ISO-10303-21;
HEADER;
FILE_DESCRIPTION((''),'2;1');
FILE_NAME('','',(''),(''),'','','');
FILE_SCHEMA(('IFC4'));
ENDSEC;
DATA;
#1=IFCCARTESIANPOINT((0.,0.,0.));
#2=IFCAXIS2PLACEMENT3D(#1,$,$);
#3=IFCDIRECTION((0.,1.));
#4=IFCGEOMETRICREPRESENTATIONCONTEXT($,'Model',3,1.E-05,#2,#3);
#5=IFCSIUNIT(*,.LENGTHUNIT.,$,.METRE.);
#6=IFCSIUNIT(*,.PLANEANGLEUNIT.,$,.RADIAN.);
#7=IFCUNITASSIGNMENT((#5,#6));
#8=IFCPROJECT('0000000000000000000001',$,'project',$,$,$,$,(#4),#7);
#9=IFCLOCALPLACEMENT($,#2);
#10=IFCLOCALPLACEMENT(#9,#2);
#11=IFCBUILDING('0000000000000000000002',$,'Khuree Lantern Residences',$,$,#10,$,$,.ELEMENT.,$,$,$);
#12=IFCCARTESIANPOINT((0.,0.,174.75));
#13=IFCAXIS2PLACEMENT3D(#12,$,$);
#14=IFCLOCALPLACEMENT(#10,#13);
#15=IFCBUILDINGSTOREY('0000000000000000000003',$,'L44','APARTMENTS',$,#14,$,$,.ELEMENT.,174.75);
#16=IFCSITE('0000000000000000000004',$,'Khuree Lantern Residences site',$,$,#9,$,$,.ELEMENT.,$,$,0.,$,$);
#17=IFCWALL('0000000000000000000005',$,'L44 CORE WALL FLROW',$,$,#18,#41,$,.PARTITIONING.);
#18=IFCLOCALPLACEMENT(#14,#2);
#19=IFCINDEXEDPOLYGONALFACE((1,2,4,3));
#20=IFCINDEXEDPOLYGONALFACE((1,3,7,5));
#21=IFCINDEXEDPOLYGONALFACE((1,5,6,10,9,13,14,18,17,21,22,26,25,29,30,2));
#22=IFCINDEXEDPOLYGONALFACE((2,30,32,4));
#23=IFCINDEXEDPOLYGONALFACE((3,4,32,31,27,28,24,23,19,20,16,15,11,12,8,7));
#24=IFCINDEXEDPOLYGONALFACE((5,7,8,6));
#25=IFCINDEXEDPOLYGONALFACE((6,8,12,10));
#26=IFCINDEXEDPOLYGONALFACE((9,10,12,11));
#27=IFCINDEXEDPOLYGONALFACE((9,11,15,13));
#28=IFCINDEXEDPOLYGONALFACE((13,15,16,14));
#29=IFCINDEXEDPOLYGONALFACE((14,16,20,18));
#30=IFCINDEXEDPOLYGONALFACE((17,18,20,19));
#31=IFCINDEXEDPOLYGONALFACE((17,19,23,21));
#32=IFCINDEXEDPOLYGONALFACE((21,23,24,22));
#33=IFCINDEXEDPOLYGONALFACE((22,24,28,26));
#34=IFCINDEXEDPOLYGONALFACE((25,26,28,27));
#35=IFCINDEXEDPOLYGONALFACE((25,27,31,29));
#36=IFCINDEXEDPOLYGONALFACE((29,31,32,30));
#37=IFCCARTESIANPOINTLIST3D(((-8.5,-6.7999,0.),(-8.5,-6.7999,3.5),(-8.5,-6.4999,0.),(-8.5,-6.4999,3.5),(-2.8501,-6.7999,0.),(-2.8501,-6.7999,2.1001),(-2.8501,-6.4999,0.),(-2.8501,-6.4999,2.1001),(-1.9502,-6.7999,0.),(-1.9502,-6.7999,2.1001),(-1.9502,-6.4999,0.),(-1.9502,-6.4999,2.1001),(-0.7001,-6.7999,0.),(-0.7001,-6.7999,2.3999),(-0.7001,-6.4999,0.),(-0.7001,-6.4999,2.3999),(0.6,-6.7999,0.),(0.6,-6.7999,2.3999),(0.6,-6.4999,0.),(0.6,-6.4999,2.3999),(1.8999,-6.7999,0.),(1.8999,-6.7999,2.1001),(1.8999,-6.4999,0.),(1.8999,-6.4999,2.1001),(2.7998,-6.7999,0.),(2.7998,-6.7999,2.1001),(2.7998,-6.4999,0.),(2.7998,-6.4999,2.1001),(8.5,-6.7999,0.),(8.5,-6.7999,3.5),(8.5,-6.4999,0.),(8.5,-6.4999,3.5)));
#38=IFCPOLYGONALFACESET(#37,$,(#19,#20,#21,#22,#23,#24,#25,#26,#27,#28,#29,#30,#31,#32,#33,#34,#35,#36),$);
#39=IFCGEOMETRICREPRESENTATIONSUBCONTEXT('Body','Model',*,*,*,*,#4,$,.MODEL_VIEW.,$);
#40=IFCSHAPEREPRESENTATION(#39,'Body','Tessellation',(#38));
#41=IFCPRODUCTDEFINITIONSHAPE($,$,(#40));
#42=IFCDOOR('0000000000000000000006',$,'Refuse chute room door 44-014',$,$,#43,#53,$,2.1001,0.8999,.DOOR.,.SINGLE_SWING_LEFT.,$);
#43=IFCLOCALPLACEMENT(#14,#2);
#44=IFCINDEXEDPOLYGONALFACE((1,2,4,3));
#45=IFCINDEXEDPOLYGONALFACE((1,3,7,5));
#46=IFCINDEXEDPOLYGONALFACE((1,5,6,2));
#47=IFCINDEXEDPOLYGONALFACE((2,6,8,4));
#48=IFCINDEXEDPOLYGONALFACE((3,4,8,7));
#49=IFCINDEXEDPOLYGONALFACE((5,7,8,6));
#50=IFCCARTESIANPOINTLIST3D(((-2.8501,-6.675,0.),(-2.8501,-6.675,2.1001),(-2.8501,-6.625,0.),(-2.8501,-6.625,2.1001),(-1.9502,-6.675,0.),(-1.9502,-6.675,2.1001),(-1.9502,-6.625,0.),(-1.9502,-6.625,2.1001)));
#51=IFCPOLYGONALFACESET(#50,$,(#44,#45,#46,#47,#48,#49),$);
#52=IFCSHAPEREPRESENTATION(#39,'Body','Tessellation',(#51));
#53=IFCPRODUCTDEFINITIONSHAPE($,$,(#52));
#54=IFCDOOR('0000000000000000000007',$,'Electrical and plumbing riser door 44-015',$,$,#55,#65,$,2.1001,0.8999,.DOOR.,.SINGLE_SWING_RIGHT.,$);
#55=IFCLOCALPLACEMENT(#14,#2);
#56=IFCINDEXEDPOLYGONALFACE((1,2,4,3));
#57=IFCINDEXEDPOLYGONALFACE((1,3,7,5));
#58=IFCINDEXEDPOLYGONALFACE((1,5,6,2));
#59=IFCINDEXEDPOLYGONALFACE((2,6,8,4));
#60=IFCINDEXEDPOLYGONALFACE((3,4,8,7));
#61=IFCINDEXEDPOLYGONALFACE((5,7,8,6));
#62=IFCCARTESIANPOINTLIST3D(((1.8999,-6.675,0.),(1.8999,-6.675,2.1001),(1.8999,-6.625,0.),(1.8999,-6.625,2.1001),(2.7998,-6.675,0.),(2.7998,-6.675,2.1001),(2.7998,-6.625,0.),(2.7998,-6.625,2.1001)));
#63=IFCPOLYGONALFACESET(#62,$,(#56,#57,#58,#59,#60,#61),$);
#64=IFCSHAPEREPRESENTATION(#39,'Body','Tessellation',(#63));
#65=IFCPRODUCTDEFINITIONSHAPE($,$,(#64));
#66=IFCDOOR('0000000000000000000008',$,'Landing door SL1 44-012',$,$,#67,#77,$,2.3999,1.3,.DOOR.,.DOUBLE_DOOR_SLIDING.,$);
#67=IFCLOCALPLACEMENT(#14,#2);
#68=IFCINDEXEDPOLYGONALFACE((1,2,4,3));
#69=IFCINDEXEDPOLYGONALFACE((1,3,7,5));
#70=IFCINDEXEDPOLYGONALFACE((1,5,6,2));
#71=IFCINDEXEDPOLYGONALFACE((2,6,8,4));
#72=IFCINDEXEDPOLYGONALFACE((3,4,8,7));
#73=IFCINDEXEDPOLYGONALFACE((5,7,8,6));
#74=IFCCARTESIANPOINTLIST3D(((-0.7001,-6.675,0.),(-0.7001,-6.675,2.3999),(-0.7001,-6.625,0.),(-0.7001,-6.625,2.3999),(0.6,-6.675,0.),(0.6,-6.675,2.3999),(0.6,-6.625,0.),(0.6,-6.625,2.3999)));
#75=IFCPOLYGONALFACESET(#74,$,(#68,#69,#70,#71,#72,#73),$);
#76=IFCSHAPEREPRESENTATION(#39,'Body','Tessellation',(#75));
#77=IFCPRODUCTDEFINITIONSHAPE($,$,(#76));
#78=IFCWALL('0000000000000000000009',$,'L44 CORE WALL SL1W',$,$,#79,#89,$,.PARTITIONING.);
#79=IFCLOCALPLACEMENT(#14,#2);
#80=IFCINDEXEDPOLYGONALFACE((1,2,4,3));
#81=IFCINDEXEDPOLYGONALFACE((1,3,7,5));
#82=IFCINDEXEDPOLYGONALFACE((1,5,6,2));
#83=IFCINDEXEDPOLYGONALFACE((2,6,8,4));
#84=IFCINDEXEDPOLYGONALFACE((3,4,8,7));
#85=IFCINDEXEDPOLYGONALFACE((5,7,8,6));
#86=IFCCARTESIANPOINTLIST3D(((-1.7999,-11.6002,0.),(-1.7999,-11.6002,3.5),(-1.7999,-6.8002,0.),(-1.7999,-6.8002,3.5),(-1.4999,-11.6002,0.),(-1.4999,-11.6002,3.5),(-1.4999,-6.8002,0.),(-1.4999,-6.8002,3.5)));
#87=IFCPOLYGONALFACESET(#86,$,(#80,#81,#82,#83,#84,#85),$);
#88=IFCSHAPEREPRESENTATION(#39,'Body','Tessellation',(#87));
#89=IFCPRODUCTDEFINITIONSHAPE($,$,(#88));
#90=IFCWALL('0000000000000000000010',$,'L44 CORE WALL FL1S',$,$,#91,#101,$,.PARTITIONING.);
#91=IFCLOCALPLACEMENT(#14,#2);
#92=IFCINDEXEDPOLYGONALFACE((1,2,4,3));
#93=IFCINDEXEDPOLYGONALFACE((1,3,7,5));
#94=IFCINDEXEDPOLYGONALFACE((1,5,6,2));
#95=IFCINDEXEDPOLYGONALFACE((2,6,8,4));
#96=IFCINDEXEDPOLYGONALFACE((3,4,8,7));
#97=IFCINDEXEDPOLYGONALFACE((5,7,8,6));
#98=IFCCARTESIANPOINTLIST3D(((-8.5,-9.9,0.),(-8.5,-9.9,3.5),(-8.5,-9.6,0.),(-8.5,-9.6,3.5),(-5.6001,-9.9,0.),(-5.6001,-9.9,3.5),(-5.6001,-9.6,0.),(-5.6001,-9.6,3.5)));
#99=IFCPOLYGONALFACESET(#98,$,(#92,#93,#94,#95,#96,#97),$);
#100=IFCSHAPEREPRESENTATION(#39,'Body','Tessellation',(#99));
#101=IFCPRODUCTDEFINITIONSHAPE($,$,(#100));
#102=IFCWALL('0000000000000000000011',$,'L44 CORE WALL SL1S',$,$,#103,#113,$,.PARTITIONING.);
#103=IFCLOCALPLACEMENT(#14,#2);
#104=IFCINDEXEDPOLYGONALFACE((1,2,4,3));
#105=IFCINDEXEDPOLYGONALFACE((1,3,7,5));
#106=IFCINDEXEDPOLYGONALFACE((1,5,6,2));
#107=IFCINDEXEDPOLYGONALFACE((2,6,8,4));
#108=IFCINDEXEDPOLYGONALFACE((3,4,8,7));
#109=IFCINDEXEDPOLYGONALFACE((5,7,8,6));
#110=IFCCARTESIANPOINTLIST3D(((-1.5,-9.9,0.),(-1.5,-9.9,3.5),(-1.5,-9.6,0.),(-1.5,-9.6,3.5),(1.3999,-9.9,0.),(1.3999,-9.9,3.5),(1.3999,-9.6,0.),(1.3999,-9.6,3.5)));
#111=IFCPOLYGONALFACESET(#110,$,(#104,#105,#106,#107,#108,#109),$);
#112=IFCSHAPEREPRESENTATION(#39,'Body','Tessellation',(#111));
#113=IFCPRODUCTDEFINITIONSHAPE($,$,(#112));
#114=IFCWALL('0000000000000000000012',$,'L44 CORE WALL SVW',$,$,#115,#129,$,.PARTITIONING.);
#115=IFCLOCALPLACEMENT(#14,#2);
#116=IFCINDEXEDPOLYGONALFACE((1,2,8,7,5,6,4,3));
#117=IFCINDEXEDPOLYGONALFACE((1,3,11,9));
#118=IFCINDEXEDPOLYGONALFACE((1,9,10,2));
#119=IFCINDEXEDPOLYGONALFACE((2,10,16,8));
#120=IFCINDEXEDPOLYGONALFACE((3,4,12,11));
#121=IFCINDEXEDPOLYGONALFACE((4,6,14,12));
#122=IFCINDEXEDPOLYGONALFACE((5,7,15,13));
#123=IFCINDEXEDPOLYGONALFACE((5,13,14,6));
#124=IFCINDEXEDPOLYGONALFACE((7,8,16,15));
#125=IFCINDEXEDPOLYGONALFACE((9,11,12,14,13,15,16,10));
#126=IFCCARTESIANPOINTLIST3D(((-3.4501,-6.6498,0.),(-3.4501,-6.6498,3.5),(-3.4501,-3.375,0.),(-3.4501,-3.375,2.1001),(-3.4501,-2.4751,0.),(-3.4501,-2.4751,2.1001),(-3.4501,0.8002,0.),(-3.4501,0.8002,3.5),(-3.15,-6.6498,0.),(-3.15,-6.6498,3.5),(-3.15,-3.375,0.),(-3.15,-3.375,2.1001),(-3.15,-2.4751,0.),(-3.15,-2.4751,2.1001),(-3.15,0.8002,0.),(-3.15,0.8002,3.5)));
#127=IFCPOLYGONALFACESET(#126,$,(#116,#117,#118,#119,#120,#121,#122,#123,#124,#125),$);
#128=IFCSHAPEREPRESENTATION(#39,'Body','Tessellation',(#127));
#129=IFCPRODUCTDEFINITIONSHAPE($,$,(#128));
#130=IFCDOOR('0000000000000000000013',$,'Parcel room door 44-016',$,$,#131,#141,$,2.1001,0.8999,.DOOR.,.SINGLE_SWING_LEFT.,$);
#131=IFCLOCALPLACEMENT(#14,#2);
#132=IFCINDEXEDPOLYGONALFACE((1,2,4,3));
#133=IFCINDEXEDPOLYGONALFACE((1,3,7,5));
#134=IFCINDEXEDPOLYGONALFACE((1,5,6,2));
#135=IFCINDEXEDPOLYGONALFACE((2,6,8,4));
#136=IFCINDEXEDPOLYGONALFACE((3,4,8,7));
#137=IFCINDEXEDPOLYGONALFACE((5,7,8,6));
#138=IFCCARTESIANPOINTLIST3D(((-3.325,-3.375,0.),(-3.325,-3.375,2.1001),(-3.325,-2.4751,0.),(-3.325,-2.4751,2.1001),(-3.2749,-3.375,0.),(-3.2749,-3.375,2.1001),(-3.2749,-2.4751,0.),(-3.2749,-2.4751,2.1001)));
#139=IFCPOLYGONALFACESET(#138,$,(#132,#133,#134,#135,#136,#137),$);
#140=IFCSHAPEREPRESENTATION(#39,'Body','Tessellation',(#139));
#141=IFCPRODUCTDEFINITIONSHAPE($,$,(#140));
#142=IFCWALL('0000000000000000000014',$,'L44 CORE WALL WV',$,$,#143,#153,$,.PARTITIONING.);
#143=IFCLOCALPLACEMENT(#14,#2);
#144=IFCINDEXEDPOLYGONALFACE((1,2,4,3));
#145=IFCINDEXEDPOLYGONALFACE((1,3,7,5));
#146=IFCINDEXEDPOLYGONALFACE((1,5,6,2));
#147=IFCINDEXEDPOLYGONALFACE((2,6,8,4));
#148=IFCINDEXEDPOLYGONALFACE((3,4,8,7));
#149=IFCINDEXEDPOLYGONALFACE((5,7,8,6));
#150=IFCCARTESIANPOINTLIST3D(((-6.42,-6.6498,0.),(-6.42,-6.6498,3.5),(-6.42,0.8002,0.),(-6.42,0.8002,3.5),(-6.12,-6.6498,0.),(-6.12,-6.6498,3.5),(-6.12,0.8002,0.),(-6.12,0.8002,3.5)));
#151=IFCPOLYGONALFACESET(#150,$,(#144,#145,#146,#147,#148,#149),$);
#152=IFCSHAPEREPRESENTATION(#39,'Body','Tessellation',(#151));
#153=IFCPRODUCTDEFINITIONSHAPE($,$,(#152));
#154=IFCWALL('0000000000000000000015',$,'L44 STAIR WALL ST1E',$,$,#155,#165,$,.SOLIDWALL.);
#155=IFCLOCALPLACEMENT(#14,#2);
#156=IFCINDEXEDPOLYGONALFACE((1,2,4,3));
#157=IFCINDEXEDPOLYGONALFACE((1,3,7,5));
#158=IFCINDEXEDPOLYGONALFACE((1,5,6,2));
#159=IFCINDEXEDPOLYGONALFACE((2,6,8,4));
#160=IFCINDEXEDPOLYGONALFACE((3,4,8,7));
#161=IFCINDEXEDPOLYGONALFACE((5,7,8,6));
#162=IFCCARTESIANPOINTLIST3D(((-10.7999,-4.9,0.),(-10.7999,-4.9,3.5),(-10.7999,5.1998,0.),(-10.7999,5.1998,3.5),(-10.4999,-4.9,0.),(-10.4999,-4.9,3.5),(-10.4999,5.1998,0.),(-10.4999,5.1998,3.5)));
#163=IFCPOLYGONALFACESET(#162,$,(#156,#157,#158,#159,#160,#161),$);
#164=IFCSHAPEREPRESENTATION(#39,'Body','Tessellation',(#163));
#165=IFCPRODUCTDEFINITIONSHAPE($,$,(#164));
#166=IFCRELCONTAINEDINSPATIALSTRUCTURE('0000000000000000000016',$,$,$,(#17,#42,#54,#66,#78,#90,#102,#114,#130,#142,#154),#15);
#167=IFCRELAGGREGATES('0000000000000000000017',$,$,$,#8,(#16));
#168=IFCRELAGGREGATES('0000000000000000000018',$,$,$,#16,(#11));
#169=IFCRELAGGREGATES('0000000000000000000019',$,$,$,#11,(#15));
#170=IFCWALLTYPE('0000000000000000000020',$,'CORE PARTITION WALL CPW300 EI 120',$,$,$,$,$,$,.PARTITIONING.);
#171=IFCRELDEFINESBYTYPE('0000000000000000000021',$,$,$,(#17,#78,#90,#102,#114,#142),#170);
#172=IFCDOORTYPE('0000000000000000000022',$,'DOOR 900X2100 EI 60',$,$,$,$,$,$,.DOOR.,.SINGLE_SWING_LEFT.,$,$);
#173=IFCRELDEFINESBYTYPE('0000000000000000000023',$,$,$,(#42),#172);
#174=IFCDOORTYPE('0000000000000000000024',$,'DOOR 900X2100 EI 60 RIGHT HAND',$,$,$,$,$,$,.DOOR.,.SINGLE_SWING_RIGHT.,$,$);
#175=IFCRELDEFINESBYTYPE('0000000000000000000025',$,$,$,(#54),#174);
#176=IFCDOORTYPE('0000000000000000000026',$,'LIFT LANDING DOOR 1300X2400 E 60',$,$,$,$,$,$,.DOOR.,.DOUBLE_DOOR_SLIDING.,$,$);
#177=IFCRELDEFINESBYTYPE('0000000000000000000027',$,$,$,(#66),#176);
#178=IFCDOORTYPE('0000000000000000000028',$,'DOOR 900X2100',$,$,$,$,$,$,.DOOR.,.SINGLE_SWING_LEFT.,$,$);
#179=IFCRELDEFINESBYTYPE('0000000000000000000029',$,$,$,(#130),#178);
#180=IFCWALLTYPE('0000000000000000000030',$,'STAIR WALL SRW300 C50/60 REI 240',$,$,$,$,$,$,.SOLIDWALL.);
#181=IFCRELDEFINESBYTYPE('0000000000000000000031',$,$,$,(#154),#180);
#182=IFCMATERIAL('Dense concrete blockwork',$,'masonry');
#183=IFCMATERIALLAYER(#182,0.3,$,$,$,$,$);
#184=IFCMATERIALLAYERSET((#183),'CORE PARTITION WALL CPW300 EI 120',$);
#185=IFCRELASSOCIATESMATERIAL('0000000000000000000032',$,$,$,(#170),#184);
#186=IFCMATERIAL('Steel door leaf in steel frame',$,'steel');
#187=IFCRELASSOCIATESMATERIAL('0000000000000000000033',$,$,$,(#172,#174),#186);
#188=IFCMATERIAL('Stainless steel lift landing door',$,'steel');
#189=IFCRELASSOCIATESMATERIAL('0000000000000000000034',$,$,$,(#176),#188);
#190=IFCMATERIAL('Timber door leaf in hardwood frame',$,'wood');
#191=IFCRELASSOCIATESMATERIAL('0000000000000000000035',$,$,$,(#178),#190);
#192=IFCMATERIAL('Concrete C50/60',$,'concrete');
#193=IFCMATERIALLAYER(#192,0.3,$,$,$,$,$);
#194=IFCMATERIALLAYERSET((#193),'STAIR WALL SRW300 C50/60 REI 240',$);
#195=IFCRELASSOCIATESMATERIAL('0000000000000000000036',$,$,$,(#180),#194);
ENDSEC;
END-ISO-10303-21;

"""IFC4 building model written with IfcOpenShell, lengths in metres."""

from ifc_helpers import new_model, si_unit, direction, frame, frame_2d, origin, place, context, subcontext, project, spatial, rectangle, extrude, material, layer, layer_set, type_object, element, fill, save


model = new_model("IFC4")

# Units and contexts
model_context = context("Model", 3, precision=1e-05, world=origin(), true_north=direction((0.0, 1.0)))
body_context = subcontext(model_context, "Body", "Model", "MODEL_VIEW")
ifc_project = project(units=[si_unit("LENGTHUNIT", "METRE"), si_unit("PLANEANGLEUNIT", "RADIAN")], contexts=[model_context])

# Site, building, storey
site_placement = place(None, origin())
site = spatial("IfcSite", under=ifc_project, at=site_placement, Name="Khuree Lantern Residences site", CompositionType="ELEMENT", RefElevation=0.0)
building_placement = place(site_placement, origin())
building = spatial("IfcBuilding", under=site, at=building_placement, Name="Khuree Lantern Residences", CompositionType="ELEMENT")
storey_placement = place(building_placement, frame((0.0, 0.0, 174.75)))
storey = spatial("IfcBuildingStorey", under=building, at=storey_placement, Name="L44", Description="APARTMENTS", CompositionType="ELEMENT", Elevation=174.75)

# Wall, openings, doors
ifc_material_1 = material(Name="Dense concrete blockwork", Category="masonry")
ifc_layer_1 = layer(ifc_material_1, 0.3)
ifc_layer_set_1 = layer_set([ifc_layer_1], Name="CORE PARTITION WALL CPW300 EI 120")
wall_type_1 = type_object("IfcWallType", Name="CORE PARTITION WALL CPW300 EI 120", PredefinedType="PARTITIONING", material=ifc_layer_set_1)
wall_1_placement = place(storey_placement, frame((-8.5, -6.6499, 0.0), z_axis=(0.0, 0.0, 1.0), x_axis=(1.0, 0.0, 0.0)))
wall_1 = element("IfcWall", 1, at=wall_1_placement, inside=storey, type_object=wall_type_1, Name="L44 CORE WALL FLROW", PredefinedType="PARTITIONING", context=body_context, shape_type="SweptSolid", body=[
    extrude(rectangle(XDim=17.0, YDim=0.3, at=frame_2d((8.5, 0.0))), origin(), (0.0, 0.0, 1.0), 3.5),
])
opening_1_placement = place(wall_1_placement, frame((7.8, 0.0, 0.0)))
opening_1 = element("IfcOpeningElement", 2, at=opening_1_placement, cuts=wall_1, PredefinedType="OPENING", context=body_context, shape_type="SweptSolid", body=[
    extrude(rectangle(XDim=1.3, YDim=2.3999, at=frame_2d((0.6499, 1.2))), frame((0.0, 0.1602, 0.0), z_axis=(0.0, -1.0, 0.0), x_axis=(1.0, 0.0, 0.0)), (0.0, 0.0, 1.0), 0.3201),
])
opening_2_placement = place(wall_1_placement, frame((5.6499, 0.0, 0.0)))
opening_2 = element("IfcOpeningElement", 3, at=opening_2_placement, cuts=wall_1, PredefinedType="OPENING", context=body_context, shape_type="SweptSolid", body=[
    extrude(rectangle(XDim=0.8999, YDim=2.1001, at=frame_2d((0.45, 1.05))), frame((0.0, 0.1602, 0.0), z_axis=(0.0, -1.0, 0.0), x_axis=(1.0, 0.0, 0.0)), (0.0, 0.0, 1.0), 0.3201),
])
opening_3_placement = place(wall_1_placement, frame((10.3999, 0.0, 0.0)))
opening_3 = element("IfcOpeningElement", 4, at=opening_3_placement, cuts=wall_1, PredefinedType="OPENING", context=body_context, shape_type="SweptSolid", body=[
    extrude(rectangle(XDim=0.8999, YDim=2.1001, at=frame_2d((0.45, 1.05))), frame((0.0, 0.1602, 0.0), z_axis=(0.0, -1.0, 0.0), x_axis=(1.0, 0.0, 0.0)), (0.0, 0.0, 1.0), 0.3201),
])
ifc_material_2 = material(Name="Steel door leaf in steel frame", Category="steel")
door_type_1 = type_object("IfcDoorType", Name="DOOR 900X2100 EI 60", OperationType="SINGLE_SWING_LEFT", PredefinedType="DOOR", material=ifc_material_2)
door_1_placement = place(opening_2_placement, origin())
door_1 = element("IfcDoor", 5, at=door_1_placement, inside=storey, type_object=door_type_1, Name="Refuse chute room door 44-014", OperationType="SINGLE_SWING_LEFT", OverallHeight=2.1001, OverallWidth=0.8999, PredefinedType="DOOR", context=body_context, shape_type="SweptSolid", body=[
    extrude(rectangle(XDim=0.8999, YDim=2.1001, at=frame_2d((0.45, 1.05))), frame((0.0, 0.0249, 0.0), z_axis=(0.0, -1.0, 0.0), x_axis=(1.0, 0.0, 0.0)), (0.0, 0.0, 1.0), 0.05),
])
fill(opening_2, door_1)
door_type_2 = type_object("IfcDoorType", Name="DOOR 900X2100 EI 60 RIGHT HAND", OperationType="SINGLE_SWING_RIGHT", PredefinedType="DOOR", material=ifc_material_2)
door_2_placement = place(opening_3_placement, origin())
door_2 = element("IfcDoor", 6, at=door_2_placement, inside=storey, type_object=door_type_2, Name="Electrical and plumbing riser door 44-015", OperationType="SINGLE_SWING_RIGHT", OverallHeight=2.1001, OverallWidth=0.8999, PredefinedType="DOOR", context=body_context, shape_type="SweptSolid", body=[
    extrude(rectangle(XDim=0.8999, YDim=2.1001, at=frame_2d((0.45, 1.05))), frame((0.0, 0.0249, 0.0), z_axis=(0.0, -1.0, 0.0), x_axis=(1.0, 0.0, 0.0)), (0.0, 0.0, 1.0), 0.05),
])
fill(opening_3, door_2)
ifc_material_3 = material(Name="Stainless steel lift landing door", Category="steel")
door_type_3 = type_object("IfcDoorType", Name="LIFT LANDING DOOR 1300X2400 E 60", OperationType="DOUBLE_DOOR_SLIDING", PredefinedType="DOOR", material=ifc_material_3)
door_3_placement = place(opening_1_placement, origin())
door_3 = element("IfcDoor", 7, at=door_3_placement, inside=storey, type_object=door_type_3, Name="Landing door SL1 44-012", OperationType="DOUBLE_DOOR_SLIDING", OverallHeight=2.3999, OverallWidth=1.3, PredefinedType="DOOR", context=body_context, shape_type="SweptSolid", body=[
    extrude(rectangle(XDim=1.3, YDim=2.3999, at=frame_2d((0.6499, 1.2))), frame((0.0, 0.0249, 0.0), z_axis=(0.0, -1.0, 0.0), x_axis=(1.0, 0.0, 0.0)), (0.0, 0.0, 1.0), 0.05),
])
fill(opening_1, door_3)

# Walls
wall_2_placement = place(storey_placement, frame((-1.6499, -11.6001, 0.0), z_axis=(0.0, 0.0, 1.0), x_axis=(0.0, 1.0, 0.0)))
element("IfcWall", 8, at=wall_2_placement, inside=storey, type_object=wall_type_1, Name="L44 CORE WALL SL1W", PredefinedType="PARTITIONING", context=body_context, shape_type="SweptSolid", body=[
    extrude(rectangle(XDim=4.8, YDim=0.3, at=frame_2d((2.3999, 0.0))), origin(), (0.0, 0.0, 1.0), 3.5),
])
for number, where, z_axis, x_axis, name in (
    (9, (-8.5, -9.75, 0.0), (0.0, 0.0, 1.0), (1.0, 0.0, 0.0), "L44 CORE WALL FL1S"),
    (10, (-1.5, -9.75, 0.0), (0.0, 0.0, 1.0), (1.0, 0.0, 0.0), "L44 CORE WALL SL1S"),
):
    element("IfcWall", number, at=place(storey_placement, frame(where, z_axis=z_axis, x_axis=x_axis)), inside=storey, type_object=wall_type_1, Name=name, PredefinedType="PARTITIONING", context=body_context, shape_type="SweptSolid", body=[
        extrude(rectangle(XDim=2.8999, YDim=0.3, at=frame_2d((1.45, 0.0))), origin(), (0.0, 0.0, 1.0), 3.5),
    ])

# Wall, opening, door
wall_3_placement = place(storey_placement, frame((-3.3, -6.6499, 0.0), z_axis=(0.0, 0.0, 1.0), x_axis=(0.0, 1.0, 0.0)))
wall_3 = element("IfcWall", 11, at=wall_3_placement, inside=storey, type_object=wall_type_1, Name="L44 CORE WALL SVW", PredefinedType="PARTITIONING", context=body_context, shape_type="SweptSolid", body=[
    extrude(rectangle(XDim=7.45, YDim=0.3, at=frame_2d((3.7251, 0.0))), origin(), (0.0, 0.0, 1.0), 3.5),
])
opening_4_placement = place(wall_3_placement, frame((3.2749, 0.0, 0.0)))
opening_4 = element("IfcOpeningElement", 12, at=opening_4_placement, cuts=wall_3, PredefinedType="OPENING", context=body_context, shape_type="SweptSolid", body=[
    extrude(rectangle(XDim=0.8999, YDim=2.1001, at=frame_2d((0.45, 1.05))), frame((0.0, 0.1602, 0.0), z_axis=(0.0, -1.0, 0.0), x_axis=(1.0, 0.0, 0.0)), (0.0, 0.0, 1.0), 0.3201),
])
ifc_material_4 = material(Name="Timber door leaf in hardwood frame", Category="wood")
door_type_4 = type_object("IfcDoorType", Name="DOOR 900X2100", OperationType="SINGLE_SWING_LEFT", PredefinedType="DOOR", material=ifc_material_4)
door_4_placement = place(opening_4_placement, origin())
door_4 = element("IfcDoor", 13, at=door_4_placement, inside=storey, type_object=door_type_4, Name="Parcel room door 44-016", OperationType="SINGLE_SWING_LEFT", OverallHeight=2.1001, OverallWidth=0.8999, PredefinedType="DOOR", context=body_context, shape_type="SweptSolid", body=[
    extrude(rectangle(XDim=0.8999, YDim=2.1001, at=frame_2d((0.45, 1.05))), frame((0.0, 0.0249, 0.0), z_axis=(0.0, -1.0, 0.0), x_axis=(1.0, 0.0, 0.0)), (0.0, 0.0, 1.0), 0.05),
])
fill(opening_4, door_4)

# Walls
wall_4_placement = place(storey_placement, frame((-6.27, -6.6499, 0.0), z_axis=(0.0, 0.0, 1.0), x_axis=(0.0, 1.0, 0.0)))
element("IfcWall", 14, at=wall_4_placement, inside=storey, type_object=wall_type_1, Name="L44 CORE WALL WV", PredefinedType="PARTITIONING", context=body_context, shape_type="SweptSolid", body=[
    extrude(rectangle(XDim=7.45, YDim=0.3, at=frame_2d((3.7251, 0.0))), origin(), (0.0, 0.0, 1.0), 3.5),
])
ifc_material_5 = material(Name="Concrete C50/60", Category="concrete")
ifc_layer_2 = layer(ifc_material_5, 0.3)
ifc_layer_set_2 = layer_set([ifc_layer_2], Name="STAIR WALL SRW300 C50/60 REI 240")
wall_type_2 = type_object("IfcWallType", Name="STAIR WALL SRW300 C50/60 REI 240", PredefinedType="SOLIDWALL", material=ifc_layer_set_2)
wall_5_placement = place(storey_placement, frame((-10.6499, -4.8999, 0.0), z_axis=(0.0, 0.0, 1.0), x_axis=(0.0, 1.0, 0.0)))
element("IfcWall", 15, at=wall_5_placement, inside=storey, type_object=wall_type_2, Name="L44 STAIR WALL ST1E", PredefinedType="SOLIDWALL", context=body_context, shape_type="SweptSolid", body=[
    extrude(rectangle(XDim=10.0999, YDim=0.3, at=frame_2d((5.0498, 0.0))), origin(), (0.0, 0.0, 1.0), 3.5),
])

save(model, "model.ifc")
